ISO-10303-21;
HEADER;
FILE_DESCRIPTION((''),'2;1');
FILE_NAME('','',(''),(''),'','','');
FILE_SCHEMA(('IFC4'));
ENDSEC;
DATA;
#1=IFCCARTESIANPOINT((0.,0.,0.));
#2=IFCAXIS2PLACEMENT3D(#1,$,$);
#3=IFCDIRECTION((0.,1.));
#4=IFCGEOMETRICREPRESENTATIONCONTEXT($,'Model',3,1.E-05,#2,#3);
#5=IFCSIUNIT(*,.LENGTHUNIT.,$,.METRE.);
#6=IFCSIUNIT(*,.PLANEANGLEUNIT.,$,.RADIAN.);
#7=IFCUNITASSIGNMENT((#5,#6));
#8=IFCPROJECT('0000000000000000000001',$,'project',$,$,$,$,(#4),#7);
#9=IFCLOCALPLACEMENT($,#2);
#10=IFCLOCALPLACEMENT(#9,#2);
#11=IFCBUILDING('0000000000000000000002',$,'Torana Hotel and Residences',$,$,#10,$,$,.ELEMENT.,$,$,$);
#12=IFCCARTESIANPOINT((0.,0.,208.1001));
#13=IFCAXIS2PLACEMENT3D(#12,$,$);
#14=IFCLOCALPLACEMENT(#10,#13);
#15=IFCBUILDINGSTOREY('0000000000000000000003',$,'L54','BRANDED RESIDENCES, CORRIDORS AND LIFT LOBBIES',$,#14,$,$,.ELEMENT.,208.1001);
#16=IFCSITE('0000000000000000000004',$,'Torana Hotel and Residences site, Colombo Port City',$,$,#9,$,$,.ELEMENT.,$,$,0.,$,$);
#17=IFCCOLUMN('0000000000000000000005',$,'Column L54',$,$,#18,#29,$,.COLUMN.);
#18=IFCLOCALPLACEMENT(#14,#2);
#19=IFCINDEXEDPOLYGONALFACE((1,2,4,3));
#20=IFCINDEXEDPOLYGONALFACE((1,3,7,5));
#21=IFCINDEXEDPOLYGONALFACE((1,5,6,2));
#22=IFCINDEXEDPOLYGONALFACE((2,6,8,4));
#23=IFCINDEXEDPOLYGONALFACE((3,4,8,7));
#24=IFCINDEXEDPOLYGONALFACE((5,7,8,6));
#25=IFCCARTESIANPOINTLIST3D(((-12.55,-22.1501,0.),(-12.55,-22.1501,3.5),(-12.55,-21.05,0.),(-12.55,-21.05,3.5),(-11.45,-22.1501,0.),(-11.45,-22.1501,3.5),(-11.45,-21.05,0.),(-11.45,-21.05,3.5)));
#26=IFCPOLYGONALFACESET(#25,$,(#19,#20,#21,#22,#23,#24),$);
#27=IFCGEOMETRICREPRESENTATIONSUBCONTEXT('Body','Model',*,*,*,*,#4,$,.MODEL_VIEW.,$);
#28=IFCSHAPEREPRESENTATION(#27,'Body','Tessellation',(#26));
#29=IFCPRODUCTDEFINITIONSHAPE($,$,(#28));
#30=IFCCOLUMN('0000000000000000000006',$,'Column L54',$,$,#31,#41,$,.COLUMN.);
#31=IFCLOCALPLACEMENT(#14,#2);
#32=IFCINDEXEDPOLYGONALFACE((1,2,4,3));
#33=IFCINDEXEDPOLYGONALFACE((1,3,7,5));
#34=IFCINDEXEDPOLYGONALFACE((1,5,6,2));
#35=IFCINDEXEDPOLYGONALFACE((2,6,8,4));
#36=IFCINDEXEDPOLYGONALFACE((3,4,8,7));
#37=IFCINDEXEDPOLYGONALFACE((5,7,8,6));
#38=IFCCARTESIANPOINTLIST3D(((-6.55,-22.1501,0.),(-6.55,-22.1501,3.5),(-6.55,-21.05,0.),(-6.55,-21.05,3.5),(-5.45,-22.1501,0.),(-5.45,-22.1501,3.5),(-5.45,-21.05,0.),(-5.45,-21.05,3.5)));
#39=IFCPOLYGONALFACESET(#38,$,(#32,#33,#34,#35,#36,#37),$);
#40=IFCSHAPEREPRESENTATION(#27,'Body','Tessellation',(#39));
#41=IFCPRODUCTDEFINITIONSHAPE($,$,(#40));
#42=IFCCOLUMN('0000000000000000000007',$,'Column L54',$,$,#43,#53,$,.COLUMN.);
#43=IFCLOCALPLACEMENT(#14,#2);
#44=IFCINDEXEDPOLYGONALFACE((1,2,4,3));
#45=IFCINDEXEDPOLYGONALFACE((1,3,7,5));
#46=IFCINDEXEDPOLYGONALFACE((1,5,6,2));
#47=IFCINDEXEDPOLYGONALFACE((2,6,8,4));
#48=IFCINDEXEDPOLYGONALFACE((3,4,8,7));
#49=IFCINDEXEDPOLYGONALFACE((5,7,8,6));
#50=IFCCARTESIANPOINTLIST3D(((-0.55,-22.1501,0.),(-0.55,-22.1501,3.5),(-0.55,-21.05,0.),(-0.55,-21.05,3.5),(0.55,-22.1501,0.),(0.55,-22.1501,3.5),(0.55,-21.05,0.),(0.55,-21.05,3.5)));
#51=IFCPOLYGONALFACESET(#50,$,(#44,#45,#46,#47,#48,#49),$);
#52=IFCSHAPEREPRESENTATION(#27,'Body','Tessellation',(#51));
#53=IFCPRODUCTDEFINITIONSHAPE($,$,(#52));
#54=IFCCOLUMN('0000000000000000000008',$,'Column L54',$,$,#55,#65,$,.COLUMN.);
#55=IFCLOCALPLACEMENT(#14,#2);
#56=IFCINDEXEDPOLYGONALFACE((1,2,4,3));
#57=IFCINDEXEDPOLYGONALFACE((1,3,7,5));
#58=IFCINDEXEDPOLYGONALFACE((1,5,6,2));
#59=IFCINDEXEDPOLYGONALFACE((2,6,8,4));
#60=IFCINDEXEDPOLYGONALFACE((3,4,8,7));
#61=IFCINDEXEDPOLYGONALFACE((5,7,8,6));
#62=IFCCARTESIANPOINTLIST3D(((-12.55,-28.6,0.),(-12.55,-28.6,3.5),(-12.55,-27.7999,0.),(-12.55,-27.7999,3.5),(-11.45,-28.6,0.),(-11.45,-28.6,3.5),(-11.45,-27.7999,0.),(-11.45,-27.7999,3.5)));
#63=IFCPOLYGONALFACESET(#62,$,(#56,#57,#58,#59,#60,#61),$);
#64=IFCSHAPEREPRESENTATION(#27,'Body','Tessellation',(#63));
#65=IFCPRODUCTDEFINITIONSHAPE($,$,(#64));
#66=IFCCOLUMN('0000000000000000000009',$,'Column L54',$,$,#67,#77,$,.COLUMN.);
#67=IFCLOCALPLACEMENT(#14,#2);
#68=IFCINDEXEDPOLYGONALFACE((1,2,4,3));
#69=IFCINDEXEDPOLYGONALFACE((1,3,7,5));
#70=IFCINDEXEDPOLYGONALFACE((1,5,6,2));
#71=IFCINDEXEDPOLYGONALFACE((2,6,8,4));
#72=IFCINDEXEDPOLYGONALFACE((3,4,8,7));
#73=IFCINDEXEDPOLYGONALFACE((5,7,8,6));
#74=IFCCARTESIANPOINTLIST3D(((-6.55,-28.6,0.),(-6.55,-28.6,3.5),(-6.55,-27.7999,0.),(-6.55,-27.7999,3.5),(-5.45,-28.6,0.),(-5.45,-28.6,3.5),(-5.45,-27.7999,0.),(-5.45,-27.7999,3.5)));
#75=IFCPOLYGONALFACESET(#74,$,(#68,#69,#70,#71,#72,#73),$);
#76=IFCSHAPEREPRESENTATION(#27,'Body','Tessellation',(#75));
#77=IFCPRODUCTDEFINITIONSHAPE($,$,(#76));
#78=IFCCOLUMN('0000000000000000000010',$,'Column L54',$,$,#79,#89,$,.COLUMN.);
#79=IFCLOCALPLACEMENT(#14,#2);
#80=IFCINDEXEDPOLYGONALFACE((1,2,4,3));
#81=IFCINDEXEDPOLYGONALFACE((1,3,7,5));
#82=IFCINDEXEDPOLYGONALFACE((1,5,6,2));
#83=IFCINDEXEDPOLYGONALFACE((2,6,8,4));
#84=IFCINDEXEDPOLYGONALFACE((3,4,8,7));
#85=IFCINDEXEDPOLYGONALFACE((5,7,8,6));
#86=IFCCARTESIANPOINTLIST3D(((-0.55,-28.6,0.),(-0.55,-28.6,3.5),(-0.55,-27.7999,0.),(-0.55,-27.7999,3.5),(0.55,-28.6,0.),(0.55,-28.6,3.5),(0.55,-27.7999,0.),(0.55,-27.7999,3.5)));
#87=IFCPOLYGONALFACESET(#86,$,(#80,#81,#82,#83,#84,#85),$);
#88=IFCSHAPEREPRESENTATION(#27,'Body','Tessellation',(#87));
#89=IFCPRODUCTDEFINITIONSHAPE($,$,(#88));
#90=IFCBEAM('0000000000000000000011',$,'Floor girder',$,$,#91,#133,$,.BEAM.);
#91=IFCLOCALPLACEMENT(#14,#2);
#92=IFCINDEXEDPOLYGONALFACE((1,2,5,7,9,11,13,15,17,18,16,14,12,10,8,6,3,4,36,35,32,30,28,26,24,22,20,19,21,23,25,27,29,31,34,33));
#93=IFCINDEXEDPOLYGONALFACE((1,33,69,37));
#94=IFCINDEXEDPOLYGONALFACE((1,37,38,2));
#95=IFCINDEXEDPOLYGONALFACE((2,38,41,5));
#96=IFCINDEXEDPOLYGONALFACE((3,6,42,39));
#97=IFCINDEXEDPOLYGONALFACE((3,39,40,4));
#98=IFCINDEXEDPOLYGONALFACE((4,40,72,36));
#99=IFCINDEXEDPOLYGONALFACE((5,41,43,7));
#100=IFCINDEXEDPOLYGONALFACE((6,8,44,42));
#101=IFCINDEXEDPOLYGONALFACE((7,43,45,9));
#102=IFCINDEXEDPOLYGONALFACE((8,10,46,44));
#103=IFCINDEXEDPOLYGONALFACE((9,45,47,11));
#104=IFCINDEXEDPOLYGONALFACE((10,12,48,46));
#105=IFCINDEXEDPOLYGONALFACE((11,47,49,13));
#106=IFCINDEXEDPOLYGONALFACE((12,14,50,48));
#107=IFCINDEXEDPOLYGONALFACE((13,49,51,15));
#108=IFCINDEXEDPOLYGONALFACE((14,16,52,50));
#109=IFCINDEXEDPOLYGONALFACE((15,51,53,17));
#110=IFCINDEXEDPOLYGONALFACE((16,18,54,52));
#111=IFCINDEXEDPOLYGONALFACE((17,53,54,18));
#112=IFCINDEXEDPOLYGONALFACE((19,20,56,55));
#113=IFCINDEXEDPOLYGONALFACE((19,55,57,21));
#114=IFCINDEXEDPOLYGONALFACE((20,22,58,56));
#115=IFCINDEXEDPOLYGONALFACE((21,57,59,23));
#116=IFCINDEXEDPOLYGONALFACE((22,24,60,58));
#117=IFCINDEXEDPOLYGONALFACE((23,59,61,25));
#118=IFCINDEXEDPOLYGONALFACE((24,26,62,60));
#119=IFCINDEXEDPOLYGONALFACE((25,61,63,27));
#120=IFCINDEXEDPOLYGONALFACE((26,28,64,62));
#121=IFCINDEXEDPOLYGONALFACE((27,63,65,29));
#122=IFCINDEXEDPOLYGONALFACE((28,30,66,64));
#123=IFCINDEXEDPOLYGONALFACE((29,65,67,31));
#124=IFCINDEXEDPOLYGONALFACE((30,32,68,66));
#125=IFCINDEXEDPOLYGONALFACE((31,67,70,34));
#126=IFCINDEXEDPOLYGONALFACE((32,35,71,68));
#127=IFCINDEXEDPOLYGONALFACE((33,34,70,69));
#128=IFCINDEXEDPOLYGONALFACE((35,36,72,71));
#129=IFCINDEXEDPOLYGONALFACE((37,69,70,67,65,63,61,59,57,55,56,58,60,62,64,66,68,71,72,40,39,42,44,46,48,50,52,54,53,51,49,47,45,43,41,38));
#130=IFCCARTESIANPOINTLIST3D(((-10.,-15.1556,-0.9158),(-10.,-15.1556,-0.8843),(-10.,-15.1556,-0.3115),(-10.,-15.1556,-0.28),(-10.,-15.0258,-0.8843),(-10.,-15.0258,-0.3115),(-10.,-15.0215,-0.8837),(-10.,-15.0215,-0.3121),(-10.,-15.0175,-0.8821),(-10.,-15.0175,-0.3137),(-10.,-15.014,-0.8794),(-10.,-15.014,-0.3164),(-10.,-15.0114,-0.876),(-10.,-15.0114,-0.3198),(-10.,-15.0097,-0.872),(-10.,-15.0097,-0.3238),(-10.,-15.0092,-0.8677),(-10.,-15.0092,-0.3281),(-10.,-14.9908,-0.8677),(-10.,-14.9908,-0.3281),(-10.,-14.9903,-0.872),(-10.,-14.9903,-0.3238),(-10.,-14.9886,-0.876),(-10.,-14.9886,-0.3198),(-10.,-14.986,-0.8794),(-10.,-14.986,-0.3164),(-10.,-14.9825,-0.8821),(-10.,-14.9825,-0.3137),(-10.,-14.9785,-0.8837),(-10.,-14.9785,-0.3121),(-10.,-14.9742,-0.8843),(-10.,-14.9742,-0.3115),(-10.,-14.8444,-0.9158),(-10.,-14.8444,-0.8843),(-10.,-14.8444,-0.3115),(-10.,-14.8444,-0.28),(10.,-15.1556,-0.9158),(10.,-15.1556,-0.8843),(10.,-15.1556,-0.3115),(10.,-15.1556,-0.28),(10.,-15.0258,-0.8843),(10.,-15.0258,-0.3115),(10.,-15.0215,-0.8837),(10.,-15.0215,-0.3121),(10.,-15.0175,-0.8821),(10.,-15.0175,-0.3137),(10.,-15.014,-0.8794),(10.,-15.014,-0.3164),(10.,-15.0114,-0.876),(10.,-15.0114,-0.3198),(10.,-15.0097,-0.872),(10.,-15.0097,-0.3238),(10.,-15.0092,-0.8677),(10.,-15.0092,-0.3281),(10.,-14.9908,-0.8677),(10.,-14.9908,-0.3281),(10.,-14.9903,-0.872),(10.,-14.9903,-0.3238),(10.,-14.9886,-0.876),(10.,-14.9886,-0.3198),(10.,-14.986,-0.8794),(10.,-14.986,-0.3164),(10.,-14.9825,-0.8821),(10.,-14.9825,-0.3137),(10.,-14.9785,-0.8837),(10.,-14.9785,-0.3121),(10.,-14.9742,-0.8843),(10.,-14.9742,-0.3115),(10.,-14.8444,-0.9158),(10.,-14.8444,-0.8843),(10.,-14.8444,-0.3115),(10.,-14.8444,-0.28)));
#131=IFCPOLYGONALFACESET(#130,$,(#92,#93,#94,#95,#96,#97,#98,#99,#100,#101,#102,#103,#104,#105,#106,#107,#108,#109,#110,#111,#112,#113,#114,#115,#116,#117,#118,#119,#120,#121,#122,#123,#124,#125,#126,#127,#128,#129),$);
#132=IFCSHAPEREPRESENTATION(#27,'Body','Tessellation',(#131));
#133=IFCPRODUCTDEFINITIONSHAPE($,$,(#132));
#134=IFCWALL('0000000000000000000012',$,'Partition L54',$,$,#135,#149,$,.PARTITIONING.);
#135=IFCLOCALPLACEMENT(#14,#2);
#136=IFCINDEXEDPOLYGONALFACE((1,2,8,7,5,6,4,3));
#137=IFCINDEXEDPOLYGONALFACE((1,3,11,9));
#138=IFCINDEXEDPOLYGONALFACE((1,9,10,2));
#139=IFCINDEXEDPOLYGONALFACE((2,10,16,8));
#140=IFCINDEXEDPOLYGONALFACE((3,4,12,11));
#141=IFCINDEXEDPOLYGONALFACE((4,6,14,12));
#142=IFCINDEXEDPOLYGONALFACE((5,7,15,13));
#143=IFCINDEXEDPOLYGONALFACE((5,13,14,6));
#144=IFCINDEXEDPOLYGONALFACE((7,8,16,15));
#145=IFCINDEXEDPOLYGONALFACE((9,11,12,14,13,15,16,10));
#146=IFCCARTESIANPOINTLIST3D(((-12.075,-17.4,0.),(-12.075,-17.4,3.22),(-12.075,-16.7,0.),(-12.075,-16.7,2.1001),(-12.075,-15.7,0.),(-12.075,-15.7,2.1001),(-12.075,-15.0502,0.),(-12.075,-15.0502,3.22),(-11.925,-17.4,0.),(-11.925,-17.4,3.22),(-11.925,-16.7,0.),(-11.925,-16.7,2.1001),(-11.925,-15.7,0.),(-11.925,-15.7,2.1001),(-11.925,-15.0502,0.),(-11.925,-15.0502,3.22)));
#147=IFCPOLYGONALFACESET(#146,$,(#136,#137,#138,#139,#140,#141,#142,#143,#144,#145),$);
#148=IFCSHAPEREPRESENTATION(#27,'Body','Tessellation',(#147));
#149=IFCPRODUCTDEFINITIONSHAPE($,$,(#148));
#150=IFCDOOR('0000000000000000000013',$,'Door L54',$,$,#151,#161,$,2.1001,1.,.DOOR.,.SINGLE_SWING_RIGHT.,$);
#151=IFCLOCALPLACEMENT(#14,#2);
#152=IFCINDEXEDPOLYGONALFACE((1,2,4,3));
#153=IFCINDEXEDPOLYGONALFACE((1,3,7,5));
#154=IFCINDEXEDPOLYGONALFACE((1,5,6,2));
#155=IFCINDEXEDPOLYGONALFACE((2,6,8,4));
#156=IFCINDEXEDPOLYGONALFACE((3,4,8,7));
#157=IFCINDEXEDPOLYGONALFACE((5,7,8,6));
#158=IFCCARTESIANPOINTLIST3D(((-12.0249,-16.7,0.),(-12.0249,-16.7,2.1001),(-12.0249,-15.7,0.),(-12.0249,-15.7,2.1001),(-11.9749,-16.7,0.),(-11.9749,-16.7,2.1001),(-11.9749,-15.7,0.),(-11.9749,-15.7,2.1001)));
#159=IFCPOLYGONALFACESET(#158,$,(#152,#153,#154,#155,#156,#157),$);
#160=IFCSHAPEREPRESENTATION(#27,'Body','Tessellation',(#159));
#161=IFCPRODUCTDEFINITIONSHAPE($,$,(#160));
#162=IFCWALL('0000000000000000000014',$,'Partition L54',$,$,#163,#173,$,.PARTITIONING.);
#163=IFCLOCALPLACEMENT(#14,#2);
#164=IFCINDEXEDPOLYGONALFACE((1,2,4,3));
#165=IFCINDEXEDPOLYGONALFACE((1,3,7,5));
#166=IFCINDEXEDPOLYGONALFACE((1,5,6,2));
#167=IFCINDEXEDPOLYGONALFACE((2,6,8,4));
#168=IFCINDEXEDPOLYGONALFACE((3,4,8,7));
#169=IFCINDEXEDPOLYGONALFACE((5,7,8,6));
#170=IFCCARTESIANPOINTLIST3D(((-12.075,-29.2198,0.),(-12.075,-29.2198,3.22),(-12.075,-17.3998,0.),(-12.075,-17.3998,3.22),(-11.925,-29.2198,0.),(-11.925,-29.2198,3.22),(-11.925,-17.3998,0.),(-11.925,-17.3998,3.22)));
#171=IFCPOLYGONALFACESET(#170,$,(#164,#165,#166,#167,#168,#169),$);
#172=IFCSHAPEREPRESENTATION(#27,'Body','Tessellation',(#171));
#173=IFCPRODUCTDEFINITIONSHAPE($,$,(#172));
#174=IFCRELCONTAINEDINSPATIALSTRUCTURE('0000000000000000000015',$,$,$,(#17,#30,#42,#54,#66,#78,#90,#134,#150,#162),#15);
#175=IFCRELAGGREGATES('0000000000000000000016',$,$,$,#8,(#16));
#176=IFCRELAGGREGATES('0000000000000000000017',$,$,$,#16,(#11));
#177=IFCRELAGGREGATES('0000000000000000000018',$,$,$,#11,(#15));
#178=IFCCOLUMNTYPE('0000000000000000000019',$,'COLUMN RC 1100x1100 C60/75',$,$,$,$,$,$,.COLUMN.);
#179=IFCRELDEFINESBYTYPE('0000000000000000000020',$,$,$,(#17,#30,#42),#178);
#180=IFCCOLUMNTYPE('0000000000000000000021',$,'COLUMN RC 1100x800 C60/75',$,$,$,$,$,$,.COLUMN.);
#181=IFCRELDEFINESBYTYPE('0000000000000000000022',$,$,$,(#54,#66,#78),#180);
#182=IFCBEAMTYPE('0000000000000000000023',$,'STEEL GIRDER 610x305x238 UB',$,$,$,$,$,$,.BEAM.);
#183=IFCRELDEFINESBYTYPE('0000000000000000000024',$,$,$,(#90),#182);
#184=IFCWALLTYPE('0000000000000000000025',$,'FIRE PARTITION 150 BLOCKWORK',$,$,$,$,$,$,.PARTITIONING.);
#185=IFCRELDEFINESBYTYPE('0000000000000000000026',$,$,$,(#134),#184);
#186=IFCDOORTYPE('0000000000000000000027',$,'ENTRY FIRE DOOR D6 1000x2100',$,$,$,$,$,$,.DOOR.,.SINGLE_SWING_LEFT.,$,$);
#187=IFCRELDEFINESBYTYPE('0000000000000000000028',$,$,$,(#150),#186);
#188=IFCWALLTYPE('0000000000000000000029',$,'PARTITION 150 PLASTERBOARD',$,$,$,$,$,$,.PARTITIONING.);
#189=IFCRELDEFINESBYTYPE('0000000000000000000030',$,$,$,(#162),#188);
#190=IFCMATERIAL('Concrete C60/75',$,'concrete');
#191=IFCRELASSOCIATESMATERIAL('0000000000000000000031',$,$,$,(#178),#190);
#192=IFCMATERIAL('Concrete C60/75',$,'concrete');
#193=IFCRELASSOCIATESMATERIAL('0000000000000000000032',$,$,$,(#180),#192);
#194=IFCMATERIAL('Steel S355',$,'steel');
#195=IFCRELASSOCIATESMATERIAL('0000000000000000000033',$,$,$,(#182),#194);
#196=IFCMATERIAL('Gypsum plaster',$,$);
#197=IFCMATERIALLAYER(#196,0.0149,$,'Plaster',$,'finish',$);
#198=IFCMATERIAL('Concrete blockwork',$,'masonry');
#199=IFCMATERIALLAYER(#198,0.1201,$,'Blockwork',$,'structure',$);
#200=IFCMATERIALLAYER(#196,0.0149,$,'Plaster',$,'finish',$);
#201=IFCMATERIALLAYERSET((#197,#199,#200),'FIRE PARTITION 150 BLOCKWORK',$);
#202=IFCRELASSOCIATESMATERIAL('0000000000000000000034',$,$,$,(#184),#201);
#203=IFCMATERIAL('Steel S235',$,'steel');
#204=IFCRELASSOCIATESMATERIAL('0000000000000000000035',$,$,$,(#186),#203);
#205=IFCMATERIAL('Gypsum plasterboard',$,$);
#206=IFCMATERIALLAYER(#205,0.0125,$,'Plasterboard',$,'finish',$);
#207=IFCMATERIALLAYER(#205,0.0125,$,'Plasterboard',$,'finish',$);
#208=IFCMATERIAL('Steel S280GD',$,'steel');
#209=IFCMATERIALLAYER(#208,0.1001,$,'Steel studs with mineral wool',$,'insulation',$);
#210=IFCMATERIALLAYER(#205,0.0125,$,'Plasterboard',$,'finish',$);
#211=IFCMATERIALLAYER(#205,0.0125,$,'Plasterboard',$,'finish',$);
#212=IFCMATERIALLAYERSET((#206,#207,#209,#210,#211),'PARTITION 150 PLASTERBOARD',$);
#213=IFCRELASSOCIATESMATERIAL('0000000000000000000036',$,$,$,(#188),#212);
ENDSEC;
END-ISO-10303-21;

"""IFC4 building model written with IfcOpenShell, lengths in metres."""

from ifc_helpers import new_model, si_unit, direction, frame, frame_2d, origin, origin_2d, place, context, subcontext, project, spatial, rectangle, i_section, extrude, material, layer, layer_set, material_profile, profile_set, type_object, element, fill, save


model = new_model("IFC4")

# Units and contexts
model_context = context("Model", 3, precision=1e-05, world=origin(), true_north=direction((0.0, 1.0)))
body_context = subcontext(model_context, "Body", "Model", "MODEL_VIEW")
ifc_project = project(units=[si_unit("LENGTHUNIT", "METRE"), si_unit("PLANEANGLEUNIT", "RADIAN")], contexts=[model_context])

# Site, building, storey
site_placement = place(None, origin())
site = spatial("IfcSite", under=ifc_project, at=site_placement, Name="Torana Hotel and Residences site, Colombo Port City", CompositionType="ELEMENT", RefElevation=0.0)
building_placement = place(site_placement, origin())
building = spatial("IfcBuilding", under=site, at=building_placement, Name="Torana Hotel and Residences", CompositionType="ELEMENT")
storey_placement = place(building_placement, frame((0.0, 0.0, 208.1001)))
storey = spatial("IfcBuildingStorey", under=building, at=storey_placement, Name="L54", Description="BRANDED RESIDENCES, CORRIDORS AND LIFT LOBBIES", CompositionType="ELEMENT", Elevation=208.1001)

# Columns
ifc_material_1 = material(Name="Concrete C60/75", Category="concrete")
ifc_material_profile_1 = material_profile(ifc_material_1, rectangle(XDim=1.1001, YDim=1.1001, at=origin_2d()), Name="RC 1100x1100")
ifc_profile_set_1 = profile_set([ifc_material_profile_1], Name="Concrete C60/75")
column_type_1 = type_object("IfcColumnType", Name="COLUMN RC 1100x1100 C60/75", PredefinedType="COLUMN", material=ifc_profile_set_1)
for number, where, z_axis, x_axis, name in (
    (1, (-12.0, -21.6001, 0.0), (0.0, 0.0, 1.0), (1.0, 0.0, 0.0), "Column L54"),
    (2, (-6.0, -21.6001, 0.0), (0.0, 0.0, 1.0), (1.0, 0.0, 0.0), "Column L54"),
    (3, (0.0, -21.6001, 0.0), (0.0, 0.0, 1.0), (1.0, 0.0, 0.0), "Column L54"),
):
    element("IfcColumn", number, at=place(storey_placement, frame(where, z_axis=z_axis, x_axis=x_axis)), inside=storey, type_object=column_type_1, Name=name, PredefinedType="COLUMN", context=body_context, shape_type="SweptSolid", body=[
        extrude(rectangle(XDim=1.1001, YDim=1.1001, at=origin_2d()), origin(), (0.0, 0.0, 1.0), 3.5),
    ])
ifc_material_2 = material(Name="Concrete C60/75", Category="concrete")
ifc_material_profile_2 = material_profile(ifc_material_2, rectangle(XDim=1.1001, YDim=0.8, at=origin_2d()), Name="RC 1100x800")
ifc_profile_set_2 = profile_set([ifc_material_profile_2], Name="Concrete C60/75")
column_type_2 = type_object("IfcColumnType", Name="COLUMN RC 1100x800 C60/75", PredefinedType="COLUMN", material=ifc_profile_set_2)
for number, where, z_axis, x_axis, name in (
    (4, (-12.0, -28.2, 0.0), (0.0, 0.0, 1.0), (1.0, 0.0, 0.0), "Column L54"),
    (5, (-6.0, -28.2, 0.0), (0.0, 0.0, 1.0), (1.0, 0.0, 0.0), "Column L54"),
    (6, (0.0, -28.2, 0.0), (0.0, 0.0, 1.0), (1.0, 0.0, 0.0), "Column L54"),
):
    element("IfcColumn", number, at=place(storey_placement, frame(where, z_axis=z_axis, x_axis=x_axis)), inside=storey, type_object=column_type_2, Name=name, PredefinedType="COLUMN", context=body_context, shape_type="SweptSolid", body=[
        extrude(rectangle(XDim=1.1001, YDim=0.8, at=origin_2d()), origin(), (0.0, 0.0, 1.0), 3.5),
    ])

# Beam
ifc_material_3 = material(Name="Steel S355", Category="steel")
ifc_material_profile_3 = material_profile(ifc_material_3, i_section(OverallWidth=0.3113, OverallDepth=0.6357, WebThickness=0.0183, FlangeThickness=0.0315, FilletRadius=0.0166, at=origin_2d()), Name="610x305x238 UB")
ifc_profile_set_3 = profile_set([ifc_material_profile_3], Name="Steel S355")
beam_type = type_object("IfcBeamType", Name="STEEL GIRDER 610x305x238 UB", PredefinedType="BEAM", material=ifc_profile_set_3)
beam_placement = place(storey_placement, frame((-10.0, -15.0, -0.5979), z_axis=(1.0, 0.0, 0.0), x_axis=(0.0, 1.0, 0.0)))
element("IfcBeam", 7, at=beam_placement, inside=storey, type_object=beam_type, Name="Floor girder", PredefinedType="BEAM", context=body_context, shape_type="SweptSolid", body=[
    extrude(i_section(OverallWidth=0.3113, OverallDepth=0.6357, WebThickness=0.0183, FlangeThickness=0.0315, FilletRadius=0.0166, at=origin_2d()), origin(), (0.0, 0.0, 1.0), 20.0),
])

# Wall, opening, door
ifc_material_4 = material(Name="Gypsum plaster")
ifc_layer_1 = layer(ifc_material_4, 0.0149, Name="Plaster", Category="finish")
ifc_material_5 = material(Name="Concrete blockwork", Category="masonry")
ifc_layer_2 = layer(ifc_material_5, 0.1201, Name="Blockwork", Category="structure")
ifc_layer_3 = layer(ifc_material_4, 0.0149, Name="Plaster", Category="finish")
ifc_layer_set_1 = layer_set([ifc_layer_1, ifc_layer_2, ifc_layer_3], Name="FIRE PARTITION 150 BLOCKWORK")
wall_type_1 = type_object("IfcWallType", Name="FIRE PARTITION 150 BLOCKWORK", PredefinedType="PARTITIONING", material=ifc_layer_set_1)
wall_1_placement = place(storey_placement, frame((-12.0, -17.3999, 0.0), z_axis=(0.0, 0.0, 1.0), x_axis=(0.0, 1.0, 0.0)))
wall_1 = element("IfcWall", 8, at=wall_1_placement, inside=storey, type_object=wall_type_1, Name="Partition L54", PredefinedType="PARTITIONING", context=body_context, shape_type="SweptSolid", body=[
    extrude(rectangle(XDim=2.3499, YDim=0.1499, at=frame_2d((1.1748, 0.0))), origin(), (0.0, 0.0, 1.0), 3.22),
])
opening_placement = place(wall_1_placement, frame((0.7, 0.0, 0.0)))
opening = element("IfcOpeningElement", 9, at=opening_placement, cuts=wall_1, PredefinedType="OPENING", context=body_context, shape_type="SweptSolid", body=[
    extrude(rectangle(XDim=1.0, YDim=2.1001, at=frame_2d((0.5, 1.05))), frame((0.0, 0.085, 0.0), z_axis=(0.0, -1.0, 0.0), x_axis=(1.0, 0.0, 0.0)), (0.0, 0.0, 1.0), 0.1699),
])
ifc_material_6 = material(Name="Steel S235", Category="steel")
door_type = type_object("IfcDoorType", Name="ENTRY FIRE DOOR D6 1000x2100", OperationType="SINGLE_SWING_LEFT", PredefinedType="DOOR", material=ifc_material_6)
door_placement = place(opening_placement, origin())
door = element("IfcDoor", 10, at=door_placement, inside=storey, type_object=door_type, Name="Door L54", OperationType="SINGLE_SWING_RIGHT", OverallHeight=2.1001, OverallWidth=1.0, PredefinedType="DOOR", context=body_context, shape_type="SweptSolid", body=[
    extrude(rectangle(XDim=1.0, YDim=2.1001, at=frame_2d((0.5, 1.05))), frame((0.0, 0.0249, 0.0), z_axis=(0.0, -1.0, 0.0), x_axis=(1.0, 0.0, 0.0)), (0.0, 0.0, 1.0), 0.05),
])
fill(opening, door)

# Wall
ifc_material_7 = material(Name="Gypsum plasterboard")
ifc_layer_4 = layer(ifc_material_7, 0.0125, Name="Plasterboard", Category="finish")
ifc_layer_5 = layer(ifc_material_7, 0.0125, Name="Plasterboard", Category="finish")
ifc_material_8 = material(Name="Steel S280GD", Category="steel")
ifc_layer_6 = layer(ifc_material_8, 0.1001, Name="Steel studs with mineral wool", Category="insulation")
ifc_layer_7 = layer(ifc_material_7, 0.0125, Name="Plasterboard", Category="finish")
ifc_layer_8 = layer(ifc_material_7, 0.0125, Name="Plasterboard", Category="finish")
ifc_layer_set_2 = layer_set([ifc_layer_4, ifc_layer_5, ifc_layer_6, ifc_layer_7, ifc_layer_8], Name="PARTITION 150 PLASTERBOARD")
wall_type_2 = type_object("IfcWallType", Name="PARTITION 150 PLASTERBOARD", PredefinedType="PARTITIONING", material=ifc_layer_set_2)
wall_2_placement = place(storey_placement, frame((-12.0, -29.22, 0.0), z_axis=(0.0, 0.0, 1.0), x_axis=(0.0, 1.0, 0.0)))
element("IfcWall", 11, at=wall_2_placement, inside=storey, type_object=wall_type_2, Name="Partition L54", PredefinedType="PARTITIONING", context=body_context, shape_type="SweptSolid", body=[
    extrude(rectangle(XDim=11.8201, YDim=0.1499, at=frame_2d((5.9102, 0.0))), origin(), (0.0, 0.0, 1.0), 3.22),
])

save(model, "model.ifc")
